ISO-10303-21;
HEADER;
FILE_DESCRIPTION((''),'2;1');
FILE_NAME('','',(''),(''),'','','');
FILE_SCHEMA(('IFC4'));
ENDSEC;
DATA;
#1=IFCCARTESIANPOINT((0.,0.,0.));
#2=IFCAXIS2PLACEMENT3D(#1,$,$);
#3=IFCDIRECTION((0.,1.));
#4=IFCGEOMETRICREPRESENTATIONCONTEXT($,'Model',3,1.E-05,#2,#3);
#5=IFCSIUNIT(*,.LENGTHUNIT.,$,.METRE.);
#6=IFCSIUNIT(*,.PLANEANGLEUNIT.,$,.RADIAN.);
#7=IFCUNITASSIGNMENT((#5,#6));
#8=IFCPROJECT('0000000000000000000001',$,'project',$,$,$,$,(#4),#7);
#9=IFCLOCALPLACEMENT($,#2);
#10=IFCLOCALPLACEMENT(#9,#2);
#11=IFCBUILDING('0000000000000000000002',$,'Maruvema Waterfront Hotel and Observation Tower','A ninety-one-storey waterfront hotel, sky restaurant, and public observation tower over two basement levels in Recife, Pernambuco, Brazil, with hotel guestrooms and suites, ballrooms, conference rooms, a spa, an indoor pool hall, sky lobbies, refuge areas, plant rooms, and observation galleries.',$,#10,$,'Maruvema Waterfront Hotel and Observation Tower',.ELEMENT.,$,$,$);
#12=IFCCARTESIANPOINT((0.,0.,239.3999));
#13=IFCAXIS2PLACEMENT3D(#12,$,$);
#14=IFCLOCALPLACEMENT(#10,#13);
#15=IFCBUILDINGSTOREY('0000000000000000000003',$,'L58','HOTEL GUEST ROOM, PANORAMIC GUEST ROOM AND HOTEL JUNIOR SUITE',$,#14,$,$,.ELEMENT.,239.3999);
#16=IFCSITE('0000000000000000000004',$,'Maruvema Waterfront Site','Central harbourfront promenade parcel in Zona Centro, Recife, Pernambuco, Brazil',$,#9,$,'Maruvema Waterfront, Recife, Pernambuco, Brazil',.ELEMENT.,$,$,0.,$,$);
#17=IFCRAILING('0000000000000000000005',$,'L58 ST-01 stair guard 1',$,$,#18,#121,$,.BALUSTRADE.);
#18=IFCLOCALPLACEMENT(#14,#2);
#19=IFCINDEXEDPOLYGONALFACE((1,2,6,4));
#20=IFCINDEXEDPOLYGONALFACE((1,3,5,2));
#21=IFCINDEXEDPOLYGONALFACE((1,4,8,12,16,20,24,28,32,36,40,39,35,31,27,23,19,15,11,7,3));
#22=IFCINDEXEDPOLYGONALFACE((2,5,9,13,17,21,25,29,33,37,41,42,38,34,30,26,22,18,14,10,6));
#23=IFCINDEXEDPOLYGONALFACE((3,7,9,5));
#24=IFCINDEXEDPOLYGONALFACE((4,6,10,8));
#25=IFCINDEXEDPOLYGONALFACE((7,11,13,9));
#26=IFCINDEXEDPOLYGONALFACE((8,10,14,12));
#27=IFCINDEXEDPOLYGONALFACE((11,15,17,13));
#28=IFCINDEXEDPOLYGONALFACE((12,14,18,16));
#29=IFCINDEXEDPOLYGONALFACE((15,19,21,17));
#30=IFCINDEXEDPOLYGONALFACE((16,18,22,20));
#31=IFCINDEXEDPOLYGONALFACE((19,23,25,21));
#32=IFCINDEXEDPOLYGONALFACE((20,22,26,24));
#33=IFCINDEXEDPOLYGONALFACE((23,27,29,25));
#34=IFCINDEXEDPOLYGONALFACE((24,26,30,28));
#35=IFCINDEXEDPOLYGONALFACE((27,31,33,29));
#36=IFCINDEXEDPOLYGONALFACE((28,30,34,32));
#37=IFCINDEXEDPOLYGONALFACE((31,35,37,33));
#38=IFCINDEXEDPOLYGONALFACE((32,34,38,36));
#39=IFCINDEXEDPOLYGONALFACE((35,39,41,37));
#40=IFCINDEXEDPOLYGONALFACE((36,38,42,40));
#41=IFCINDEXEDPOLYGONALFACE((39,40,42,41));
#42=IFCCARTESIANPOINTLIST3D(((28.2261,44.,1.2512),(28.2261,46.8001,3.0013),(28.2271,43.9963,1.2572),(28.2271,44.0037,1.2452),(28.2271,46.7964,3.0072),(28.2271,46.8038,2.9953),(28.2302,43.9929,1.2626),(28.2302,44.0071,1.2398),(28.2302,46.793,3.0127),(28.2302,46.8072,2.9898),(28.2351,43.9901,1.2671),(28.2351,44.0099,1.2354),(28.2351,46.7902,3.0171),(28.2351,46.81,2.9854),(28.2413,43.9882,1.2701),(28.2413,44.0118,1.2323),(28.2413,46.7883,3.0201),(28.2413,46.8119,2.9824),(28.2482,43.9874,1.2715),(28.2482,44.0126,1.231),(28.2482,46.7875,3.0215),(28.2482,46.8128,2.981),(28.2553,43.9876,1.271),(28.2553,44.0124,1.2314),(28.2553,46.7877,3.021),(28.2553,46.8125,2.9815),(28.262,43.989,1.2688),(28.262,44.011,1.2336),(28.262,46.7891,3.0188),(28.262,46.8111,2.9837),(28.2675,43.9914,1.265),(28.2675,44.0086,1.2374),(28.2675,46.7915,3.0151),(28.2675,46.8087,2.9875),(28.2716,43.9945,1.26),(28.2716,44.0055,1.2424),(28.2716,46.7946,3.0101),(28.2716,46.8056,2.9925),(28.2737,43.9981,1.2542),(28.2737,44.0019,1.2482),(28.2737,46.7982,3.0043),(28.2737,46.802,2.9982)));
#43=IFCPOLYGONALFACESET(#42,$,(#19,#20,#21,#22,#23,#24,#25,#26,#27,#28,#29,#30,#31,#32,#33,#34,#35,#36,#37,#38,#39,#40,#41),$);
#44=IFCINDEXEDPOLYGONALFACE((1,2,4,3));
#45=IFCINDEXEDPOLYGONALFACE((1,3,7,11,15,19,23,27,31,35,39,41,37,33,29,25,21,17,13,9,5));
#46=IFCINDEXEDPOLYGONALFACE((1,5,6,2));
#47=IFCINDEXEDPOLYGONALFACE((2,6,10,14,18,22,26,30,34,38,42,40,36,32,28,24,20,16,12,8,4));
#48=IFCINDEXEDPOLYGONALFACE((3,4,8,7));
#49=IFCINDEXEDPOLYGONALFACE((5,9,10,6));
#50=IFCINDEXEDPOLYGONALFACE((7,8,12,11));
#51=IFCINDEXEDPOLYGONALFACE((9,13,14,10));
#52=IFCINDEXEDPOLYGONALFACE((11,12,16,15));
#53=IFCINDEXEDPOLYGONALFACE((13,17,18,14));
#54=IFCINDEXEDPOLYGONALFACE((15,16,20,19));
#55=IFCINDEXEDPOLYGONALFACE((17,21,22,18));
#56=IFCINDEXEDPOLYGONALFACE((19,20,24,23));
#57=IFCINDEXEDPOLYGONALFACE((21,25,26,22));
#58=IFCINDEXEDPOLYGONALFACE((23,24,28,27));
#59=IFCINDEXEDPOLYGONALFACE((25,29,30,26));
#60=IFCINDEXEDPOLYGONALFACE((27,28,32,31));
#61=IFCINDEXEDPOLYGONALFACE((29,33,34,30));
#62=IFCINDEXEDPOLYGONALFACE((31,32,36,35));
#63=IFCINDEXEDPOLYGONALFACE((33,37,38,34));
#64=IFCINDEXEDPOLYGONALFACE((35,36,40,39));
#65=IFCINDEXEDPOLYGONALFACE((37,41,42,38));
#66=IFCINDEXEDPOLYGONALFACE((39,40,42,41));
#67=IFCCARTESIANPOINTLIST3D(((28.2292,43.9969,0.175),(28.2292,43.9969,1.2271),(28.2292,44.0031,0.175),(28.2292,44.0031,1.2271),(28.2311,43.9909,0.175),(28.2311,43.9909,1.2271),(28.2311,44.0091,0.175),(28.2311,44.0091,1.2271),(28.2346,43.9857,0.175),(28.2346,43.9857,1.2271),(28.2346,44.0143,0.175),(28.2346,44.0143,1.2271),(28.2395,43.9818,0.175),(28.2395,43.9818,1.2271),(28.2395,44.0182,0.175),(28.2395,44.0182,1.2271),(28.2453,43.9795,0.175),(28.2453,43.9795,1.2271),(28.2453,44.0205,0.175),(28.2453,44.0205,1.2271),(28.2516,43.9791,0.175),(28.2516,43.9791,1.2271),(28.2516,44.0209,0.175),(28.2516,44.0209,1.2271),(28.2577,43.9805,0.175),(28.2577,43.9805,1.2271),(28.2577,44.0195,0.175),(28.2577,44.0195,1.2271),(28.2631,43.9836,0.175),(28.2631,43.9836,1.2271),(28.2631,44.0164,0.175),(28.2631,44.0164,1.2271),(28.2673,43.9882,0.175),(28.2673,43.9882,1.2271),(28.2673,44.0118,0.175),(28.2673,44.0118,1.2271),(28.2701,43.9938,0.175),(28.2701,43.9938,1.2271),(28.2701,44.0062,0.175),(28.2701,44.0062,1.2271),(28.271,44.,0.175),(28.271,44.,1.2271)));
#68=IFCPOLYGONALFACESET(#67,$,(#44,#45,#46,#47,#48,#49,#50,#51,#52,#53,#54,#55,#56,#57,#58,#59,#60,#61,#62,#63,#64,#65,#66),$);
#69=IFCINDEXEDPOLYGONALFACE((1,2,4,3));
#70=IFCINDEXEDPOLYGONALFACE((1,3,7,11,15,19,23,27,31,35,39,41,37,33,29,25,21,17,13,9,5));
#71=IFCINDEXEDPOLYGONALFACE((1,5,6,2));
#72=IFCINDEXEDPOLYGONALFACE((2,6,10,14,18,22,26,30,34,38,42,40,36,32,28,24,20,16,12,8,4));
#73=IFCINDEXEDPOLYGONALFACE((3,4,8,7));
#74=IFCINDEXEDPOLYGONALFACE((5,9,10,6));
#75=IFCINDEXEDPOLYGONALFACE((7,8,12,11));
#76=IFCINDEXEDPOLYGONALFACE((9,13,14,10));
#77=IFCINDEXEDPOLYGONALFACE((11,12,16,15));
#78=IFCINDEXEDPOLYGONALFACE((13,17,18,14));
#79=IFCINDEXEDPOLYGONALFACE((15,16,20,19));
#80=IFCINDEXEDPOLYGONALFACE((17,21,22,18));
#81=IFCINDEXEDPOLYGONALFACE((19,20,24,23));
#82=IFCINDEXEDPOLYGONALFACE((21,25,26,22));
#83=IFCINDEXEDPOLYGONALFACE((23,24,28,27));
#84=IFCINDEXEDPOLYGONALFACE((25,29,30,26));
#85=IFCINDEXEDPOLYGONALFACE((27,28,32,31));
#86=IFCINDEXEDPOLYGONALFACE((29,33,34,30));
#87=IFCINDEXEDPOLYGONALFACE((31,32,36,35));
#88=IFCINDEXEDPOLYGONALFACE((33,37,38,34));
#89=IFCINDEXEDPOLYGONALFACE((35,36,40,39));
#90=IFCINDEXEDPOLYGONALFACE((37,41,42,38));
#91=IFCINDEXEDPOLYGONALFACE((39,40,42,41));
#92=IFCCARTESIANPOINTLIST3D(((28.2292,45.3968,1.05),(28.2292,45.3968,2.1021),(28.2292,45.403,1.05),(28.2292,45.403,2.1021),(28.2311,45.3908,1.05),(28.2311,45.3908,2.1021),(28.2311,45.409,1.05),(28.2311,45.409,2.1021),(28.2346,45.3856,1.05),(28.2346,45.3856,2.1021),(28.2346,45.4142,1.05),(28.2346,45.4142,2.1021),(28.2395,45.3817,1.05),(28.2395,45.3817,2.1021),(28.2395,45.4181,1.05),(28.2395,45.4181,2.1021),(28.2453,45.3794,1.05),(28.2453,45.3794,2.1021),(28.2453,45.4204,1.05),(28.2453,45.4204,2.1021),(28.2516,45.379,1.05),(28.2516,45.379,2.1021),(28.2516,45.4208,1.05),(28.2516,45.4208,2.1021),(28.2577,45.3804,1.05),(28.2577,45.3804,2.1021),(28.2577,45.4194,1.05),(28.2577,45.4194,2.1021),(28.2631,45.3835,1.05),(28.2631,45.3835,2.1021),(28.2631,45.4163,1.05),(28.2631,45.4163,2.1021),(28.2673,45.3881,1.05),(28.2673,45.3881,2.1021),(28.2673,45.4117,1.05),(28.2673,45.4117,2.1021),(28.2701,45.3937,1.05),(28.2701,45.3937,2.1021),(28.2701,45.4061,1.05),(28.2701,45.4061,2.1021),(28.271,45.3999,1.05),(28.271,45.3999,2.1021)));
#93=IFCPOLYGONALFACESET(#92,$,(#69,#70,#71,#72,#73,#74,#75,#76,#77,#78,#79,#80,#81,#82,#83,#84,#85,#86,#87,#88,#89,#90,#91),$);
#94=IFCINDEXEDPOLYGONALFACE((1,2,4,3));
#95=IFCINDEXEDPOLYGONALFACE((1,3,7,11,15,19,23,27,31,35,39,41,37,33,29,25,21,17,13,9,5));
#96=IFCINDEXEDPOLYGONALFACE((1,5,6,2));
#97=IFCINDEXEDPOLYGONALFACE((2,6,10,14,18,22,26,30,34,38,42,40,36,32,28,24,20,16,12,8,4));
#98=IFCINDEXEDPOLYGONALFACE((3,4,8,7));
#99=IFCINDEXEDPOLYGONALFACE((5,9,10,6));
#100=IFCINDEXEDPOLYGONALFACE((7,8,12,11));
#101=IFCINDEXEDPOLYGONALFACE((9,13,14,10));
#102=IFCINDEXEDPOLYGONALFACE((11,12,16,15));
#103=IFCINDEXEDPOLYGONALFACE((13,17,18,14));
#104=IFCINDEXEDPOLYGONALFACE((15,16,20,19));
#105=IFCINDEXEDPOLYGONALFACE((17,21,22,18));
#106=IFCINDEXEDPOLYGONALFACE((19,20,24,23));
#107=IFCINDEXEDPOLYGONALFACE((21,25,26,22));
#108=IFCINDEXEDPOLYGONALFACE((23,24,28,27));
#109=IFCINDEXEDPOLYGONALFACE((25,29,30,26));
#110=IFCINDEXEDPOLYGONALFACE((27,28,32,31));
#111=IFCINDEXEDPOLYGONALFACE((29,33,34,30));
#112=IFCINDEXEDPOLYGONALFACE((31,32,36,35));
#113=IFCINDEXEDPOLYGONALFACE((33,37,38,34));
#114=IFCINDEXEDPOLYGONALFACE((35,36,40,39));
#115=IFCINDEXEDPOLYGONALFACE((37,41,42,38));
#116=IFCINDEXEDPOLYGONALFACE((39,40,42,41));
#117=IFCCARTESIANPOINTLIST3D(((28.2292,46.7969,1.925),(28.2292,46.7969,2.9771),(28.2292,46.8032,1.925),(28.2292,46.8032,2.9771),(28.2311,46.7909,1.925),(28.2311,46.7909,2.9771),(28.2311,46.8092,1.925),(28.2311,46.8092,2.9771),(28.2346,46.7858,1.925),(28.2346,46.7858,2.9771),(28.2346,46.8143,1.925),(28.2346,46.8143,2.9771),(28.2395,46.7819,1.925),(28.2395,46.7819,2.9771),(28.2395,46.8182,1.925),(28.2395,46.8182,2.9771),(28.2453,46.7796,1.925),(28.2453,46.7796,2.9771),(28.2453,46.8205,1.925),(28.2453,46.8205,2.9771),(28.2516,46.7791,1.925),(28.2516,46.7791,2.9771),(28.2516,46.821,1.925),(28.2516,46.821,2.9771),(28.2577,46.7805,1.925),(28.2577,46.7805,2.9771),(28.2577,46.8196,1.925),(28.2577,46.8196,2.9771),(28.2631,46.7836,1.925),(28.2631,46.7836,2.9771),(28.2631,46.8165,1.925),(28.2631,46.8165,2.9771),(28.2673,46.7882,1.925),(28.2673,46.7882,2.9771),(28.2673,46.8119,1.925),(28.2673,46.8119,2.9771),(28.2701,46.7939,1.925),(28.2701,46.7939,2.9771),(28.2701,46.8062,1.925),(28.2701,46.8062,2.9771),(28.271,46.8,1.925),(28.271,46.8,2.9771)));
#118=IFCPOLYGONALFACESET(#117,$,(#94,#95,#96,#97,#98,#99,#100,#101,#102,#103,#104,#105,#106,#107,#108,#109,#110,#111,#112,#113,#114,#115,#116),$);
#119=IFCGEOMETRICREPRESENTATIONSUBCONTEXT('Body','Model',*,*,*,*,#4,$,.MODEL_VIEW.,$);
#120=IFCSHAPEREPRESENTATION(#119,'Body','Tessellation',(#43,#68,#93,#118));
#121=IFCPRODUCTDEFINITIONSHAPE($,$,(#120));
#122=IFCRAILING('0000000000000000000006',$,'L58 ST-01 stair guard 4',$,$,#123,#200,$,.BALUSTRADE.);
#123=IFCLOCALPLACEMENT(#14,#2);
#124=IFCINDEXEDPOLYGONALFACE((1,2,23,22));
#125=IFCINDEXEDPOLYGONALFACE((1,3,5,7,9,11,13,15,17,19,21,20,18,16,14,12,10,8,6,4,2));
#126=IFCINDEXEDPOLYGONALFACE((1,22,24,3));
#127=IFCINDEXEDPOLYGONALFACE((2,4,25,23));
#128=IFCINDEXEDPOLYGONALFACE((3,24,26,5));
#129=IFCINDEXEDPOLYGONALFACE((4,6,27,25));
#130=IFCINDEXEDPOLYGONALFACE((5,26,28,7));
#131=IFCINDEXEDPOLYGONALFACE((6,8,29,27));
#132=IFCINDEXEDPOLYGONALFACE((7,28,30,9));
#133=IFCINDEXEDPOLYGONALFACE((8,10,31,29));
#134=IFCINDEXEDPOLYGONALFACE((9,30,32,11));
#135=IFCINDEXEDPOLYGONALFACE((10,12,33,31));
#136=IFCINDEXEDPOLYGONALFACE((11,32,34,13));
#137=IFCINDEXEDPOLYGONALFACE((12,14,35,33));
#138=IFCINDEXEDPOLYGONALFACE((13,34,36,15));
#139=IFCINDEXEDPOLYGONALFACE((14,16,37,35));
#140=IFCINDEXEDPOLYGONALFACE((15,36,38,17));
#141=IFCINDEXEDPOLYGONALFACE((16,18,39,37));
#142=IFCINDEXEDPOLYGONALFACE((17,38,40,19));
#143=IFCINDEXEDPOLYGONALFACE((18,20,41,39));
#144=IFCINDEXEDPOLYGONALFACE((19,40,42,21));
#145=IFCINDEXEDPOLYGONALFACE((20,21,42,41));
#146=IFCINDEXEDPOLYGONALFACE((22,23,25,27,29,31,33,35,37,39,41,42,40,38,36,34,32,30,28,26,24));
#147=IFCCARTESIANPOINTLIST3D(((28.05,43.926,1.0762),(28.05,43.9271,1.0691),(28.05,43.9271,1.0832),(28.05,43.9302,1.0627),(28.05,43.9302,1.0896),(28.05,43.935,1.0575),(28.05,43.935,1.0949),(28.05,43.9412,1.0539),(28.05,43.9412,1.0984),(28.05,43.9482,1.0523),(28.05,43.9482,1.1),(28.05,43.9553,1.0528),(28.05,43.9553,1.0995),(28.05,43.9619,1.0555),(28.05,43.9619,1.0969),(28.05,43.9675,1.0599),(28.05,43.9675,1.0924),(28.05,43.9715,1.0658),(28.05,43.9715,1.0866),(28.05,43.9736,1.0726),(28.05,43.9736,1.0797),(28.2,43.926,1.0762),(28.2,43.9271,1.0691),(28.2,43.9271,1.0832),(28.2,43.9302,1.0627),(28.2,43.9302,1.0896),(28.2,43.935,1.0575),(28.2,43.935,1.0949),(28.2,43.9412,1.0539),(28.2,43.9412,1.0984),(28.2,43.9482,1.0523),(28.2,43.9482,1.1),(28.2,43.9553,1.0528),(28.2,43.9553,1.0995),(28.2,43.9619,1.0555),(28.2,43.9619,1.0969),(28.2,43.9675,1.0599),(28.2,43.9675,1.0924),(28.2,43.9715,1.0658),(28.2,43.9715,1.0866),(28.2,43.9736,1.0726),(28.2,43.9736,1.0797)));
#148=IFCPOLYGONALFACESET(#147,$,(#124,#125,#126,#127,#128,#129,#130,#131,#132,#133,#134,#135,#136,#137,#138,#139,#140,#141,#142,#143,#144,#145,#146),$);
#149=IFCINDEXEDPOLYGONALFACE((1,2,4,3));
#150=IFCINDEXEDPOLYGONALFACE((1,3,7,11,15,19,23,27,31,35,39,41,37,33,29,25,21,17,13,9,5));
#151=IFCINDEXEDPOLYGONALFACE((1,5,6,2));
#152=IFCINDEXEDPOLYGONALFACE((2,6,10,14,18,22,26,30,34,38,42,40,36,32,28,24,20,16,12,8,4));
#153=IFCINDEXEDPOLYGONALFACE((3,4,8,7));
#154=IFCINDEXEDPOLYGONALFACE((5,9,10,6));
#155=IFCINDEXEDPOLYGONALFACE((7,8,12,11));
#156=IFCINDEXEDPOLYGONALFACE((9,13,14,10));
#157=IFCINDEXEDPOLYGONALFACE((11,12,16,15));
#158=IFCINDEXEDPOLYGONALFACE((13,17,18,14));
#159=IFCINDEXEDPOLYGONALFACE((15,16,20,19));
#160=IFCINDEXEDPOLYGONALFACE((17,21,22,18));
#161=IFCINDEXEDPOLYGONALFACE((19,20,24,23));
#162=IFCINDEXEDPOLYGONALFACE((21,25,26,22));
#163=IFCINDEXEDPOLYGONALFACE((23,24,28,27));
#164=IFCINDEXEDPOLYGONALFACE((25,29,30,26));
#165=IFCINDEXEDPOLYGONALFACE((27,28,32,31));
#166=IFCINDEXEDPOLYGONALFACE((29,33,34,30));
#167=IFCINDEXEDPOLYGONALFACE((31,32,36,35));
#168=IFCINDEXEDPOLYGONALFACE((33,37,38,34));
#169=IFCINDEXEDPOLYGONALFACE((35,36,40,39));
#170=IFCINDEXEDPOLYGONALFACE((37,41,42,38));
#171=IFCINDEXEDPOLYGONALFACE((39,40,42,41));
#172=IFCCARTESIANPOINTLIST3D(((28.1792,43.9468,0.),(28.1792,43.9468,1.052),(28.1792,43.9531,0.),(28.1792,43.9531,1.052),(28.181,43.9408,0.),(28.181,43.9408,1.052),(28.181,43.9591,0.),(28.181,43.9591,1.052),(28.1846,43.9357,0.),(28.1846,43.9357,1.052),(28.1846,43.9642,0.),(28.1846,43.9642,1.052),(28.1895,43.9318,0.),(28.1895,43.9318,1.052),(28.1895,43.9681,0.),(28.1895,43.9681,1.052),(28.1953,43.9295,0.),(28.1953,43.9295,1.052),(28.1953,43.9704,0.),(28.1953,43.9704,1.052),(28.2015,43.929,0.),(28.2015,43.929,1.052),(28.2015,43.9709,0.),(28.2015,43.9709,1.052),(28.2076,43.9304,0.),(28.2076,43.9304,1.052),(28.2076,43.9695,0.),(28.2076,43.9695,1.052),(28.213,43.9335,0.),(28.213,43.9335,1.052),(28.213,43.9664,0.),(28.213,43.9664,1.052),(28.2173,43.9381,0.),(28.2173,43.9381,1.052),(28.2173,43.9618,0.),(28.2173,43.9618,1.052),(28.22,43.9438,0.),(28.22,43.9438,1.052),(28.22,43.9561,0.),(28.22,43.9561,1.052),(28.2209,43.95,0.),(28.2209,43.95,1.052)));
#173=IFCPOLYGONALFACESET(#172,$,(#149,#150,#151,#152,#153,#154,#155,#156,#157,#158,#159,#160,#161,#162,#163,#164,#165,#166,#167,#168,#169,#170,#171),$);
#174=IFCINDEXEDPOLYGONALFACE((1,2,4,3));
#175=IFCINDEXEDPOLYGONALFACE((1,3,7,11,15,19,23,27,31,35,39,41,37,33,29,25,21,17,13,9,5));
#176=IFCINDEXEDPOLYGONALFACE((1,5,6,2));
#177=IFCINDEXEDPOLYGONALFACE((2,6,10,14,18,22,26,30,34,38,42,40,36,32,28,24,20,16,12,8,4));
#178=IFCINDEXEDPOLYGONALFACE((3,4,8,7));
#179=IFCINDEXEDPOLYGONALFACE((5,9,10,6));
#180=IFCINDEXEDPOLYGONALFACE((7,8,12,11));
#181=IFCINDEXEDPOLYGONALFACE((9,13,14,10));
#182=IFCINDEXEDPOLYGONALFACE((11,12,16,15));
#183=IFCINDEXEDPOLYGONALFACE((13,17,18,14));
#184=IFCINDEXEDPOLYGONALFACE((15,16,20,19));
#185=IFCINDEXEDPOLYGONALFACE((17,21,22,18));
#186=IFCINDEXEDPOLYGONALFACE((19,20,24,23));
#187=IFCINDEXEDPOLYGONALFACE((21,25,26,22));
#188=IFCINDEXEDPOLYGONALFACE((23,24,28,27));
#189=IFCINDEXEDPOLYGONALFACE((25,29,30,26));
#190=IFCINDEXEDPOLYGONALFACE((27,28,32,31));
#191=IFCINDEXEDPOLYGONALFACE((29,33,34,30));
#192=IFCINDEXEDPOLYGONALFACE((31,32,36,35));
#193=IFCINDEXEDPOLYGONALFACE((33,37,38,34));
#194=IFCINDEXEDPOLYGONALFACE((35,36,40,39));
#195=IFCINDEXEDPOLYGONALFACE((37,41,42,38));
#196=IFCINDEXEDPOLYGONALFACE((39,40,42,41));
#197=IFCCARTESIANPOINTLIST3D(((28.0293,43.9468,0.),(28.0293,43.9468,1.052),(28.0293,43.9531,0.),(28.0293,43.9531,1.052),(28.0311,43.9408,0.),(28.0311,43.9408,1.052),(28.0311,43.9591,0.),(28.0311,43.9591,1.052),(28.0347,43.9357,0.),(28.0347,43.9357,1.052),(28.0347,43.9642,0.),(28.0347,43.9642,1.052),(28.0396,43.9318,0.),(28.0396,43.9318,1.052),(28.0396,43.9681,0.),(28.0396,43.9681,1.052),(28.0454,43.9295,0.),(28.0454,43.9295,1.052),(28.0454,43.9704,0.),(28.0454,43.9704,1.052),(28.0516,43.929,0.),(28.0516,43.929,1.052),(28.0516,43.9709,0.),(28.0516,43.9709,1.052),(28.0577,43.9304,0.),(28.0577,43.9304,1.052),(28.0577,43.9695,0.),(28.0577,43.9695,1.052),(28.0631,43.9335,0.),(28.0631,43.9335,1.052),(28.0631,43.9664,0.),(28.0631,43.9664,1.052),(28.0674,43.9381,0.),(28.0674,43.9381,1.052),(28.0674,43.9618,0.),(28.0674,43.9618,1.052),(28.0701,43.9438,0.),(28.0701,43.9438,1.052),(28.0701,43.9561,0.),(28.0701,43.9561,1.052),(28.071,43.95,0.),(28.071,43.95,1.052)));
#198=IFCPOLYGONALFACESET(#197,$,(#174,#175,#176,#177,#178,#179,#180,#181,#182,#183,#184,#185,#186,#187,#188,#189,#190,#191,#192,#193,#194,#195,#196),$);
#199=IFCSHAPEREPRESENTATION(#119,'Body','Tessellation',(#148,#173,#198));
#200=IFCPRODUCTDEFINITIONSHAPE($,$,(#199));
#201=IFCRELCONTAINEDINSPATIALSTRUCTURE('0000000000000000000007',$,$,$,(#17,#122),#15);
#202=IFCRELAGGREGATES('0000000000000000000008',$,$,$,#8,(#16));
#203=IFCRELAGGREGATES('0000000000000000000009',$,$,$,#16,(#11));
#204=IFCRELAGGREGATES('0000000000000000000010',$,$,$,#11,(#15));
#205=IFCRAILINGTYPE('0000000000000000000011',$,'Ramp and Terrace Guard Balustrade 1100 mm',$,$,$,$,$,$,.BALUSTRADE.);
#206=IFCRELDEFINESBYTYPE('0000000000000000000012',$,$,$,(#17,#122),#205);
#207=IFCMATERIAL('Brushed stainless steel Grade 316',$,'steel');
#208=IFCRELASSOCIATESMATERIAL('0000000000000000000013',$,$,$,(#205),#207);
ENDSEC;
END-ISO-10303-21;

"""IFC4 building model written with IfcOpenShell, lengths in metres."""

from ifc_helpers import new_model, si_unit, direction, frame, origin, origin_2d, place, context, subcontext, project, spatial, circle, extrude, material, type_object, element, save


model = new_model("IFC4")

# Units and contexts
model_context = context("Model", 3, precision=1e-05, world=origin(), true_north=direction((0.0, 1.0)))
body_context = subcontext(model_context, "Body", "Model", "MODEL_VIEW")
ifc_project = project(units=[si_unit("LENGTHUNIT", "METRE"), si_unit("PLANEANGLEUNIT", "RADIAN")], contexts=[model_context])

# Site, building, storey
site_placement = place(None, origin())
site = spatial("IfcSite", under=ifc_project, at=site_placement, Name="Maruvema Waterfront Site", Description="Central harbourfront promenade parcel in Zona Centro, Recife, Pernambuco, Brazil", LongName="Maruvema Waterfront, Recife, Pernambuco, Brazil", CompositionType="ELEMENT", RefElevation=0.0)
building_placement = place(site_placement, origin())
building = spatial("IfcBuilding", under=site, at=building_placement, Name="Maruvema Waterfront Hotel and Observation Tower", Description="A ninety-one-storey waterfront hotel, sky restaurant, and public observation tower over two basement levels in Recife, Pernambuco, Brazil, with hotel guestrooms and suites, ballrooms, conference rooms, a spa, an indoor pool hall, sky lobbies, refuge areas, plant rooms, and observation galleries.", LongName="Maruvema Waterfront Hotel and Observation Tower", CompositionType="ELEMENT")
storey_placement = place(building_placement, frame((0.0, 0.0, 239.3999)))
storey = spatial("IfcBuildingStorey", under=building, at=storey_placement, Name="L58", Description="HOTEL GUEST ROOM, PANORAMIC GUEST ROOM AND HOTEL JUNIOR SUITE", CompositionType="ELEMENT", Elevation=239.3999)

# Railings
ifc_material_1 = material(Name="Brushed stainless steel Grade 316", Category="steel")
railing_type_1 = type_object("IfcRailingType", Name="Ramp and Terrace Guard Balustrade 1100 mm", PredefinedType="BALUSTRADE", material=ifc_material_1)
railing_1_placement = place(storey_placement, frame((28.25, 44.0, 0.175)))
element("IfcRailing", 1, at=railing_1_placement, inside=storey, type_object=railing_type_1, Name="L58 ST-01 stair guard 1", PredefinedType="BALUSTRADE", context=body_context, shape_type="SweptSolid", body=[
    extrude(circle(Radius=0.0239, at=origin_2d()), frame((0.0, 0.0, 1.0762), z_axis=(0.0, 0.848002, 0.529992), x_axis=(-1.0, 0.0, 0.0)), (0.0, 0.0, 1.0), 3.302),
    extrude(circle(Radius=0.021, at=origin_2d()), origin(), (0.0, 0.0, 1.0), 1.052),
    extrude(circle(Radius=0.021, at=origin_2d()), frame((0.0, 1.3999, 0.875)), (0.0, 0.0, 1.0), 1.052),
    extrude(circle(Radius=0.021, at=origin_2d()), frame((0.0, 2.8, 1.75)), (0.0, 0.0, 1.0), 1.052),
])
railing_2_placement = place(storey_placement, frame((28.2, 43.95, 0.0)))
element("IfcRailing", 2, at=railing_2_placement, inside=storey, type_object=railing_type_1, Name="L58 ST-01 stair guard 4", PredefinedType="BALUSTRADE", context=body_context, shape_type="SweptSolid", body=[
    extrude(circle(Radius=0.0239, at=origin_2d()), frame((0.0, 0.0, 1.0762), z_axis=(-1.0, 0.0, 0.0), x_axis=(0.0, -1.0, 0.0)), (0.0, 0.0, 1.0), 0.1499),
    extrude(circle(Radius=0.021, at=origin_2d()), origin(), (0.0, 0.0, 1.0), 1.052),
    extrude(circle(Radius=0.021, at=origin_2d()), frame((-0.1499, 0.0, 0.0)), (0.0, 0.0, 1.0), 1.052),
])

save(model, "model.ifc")
